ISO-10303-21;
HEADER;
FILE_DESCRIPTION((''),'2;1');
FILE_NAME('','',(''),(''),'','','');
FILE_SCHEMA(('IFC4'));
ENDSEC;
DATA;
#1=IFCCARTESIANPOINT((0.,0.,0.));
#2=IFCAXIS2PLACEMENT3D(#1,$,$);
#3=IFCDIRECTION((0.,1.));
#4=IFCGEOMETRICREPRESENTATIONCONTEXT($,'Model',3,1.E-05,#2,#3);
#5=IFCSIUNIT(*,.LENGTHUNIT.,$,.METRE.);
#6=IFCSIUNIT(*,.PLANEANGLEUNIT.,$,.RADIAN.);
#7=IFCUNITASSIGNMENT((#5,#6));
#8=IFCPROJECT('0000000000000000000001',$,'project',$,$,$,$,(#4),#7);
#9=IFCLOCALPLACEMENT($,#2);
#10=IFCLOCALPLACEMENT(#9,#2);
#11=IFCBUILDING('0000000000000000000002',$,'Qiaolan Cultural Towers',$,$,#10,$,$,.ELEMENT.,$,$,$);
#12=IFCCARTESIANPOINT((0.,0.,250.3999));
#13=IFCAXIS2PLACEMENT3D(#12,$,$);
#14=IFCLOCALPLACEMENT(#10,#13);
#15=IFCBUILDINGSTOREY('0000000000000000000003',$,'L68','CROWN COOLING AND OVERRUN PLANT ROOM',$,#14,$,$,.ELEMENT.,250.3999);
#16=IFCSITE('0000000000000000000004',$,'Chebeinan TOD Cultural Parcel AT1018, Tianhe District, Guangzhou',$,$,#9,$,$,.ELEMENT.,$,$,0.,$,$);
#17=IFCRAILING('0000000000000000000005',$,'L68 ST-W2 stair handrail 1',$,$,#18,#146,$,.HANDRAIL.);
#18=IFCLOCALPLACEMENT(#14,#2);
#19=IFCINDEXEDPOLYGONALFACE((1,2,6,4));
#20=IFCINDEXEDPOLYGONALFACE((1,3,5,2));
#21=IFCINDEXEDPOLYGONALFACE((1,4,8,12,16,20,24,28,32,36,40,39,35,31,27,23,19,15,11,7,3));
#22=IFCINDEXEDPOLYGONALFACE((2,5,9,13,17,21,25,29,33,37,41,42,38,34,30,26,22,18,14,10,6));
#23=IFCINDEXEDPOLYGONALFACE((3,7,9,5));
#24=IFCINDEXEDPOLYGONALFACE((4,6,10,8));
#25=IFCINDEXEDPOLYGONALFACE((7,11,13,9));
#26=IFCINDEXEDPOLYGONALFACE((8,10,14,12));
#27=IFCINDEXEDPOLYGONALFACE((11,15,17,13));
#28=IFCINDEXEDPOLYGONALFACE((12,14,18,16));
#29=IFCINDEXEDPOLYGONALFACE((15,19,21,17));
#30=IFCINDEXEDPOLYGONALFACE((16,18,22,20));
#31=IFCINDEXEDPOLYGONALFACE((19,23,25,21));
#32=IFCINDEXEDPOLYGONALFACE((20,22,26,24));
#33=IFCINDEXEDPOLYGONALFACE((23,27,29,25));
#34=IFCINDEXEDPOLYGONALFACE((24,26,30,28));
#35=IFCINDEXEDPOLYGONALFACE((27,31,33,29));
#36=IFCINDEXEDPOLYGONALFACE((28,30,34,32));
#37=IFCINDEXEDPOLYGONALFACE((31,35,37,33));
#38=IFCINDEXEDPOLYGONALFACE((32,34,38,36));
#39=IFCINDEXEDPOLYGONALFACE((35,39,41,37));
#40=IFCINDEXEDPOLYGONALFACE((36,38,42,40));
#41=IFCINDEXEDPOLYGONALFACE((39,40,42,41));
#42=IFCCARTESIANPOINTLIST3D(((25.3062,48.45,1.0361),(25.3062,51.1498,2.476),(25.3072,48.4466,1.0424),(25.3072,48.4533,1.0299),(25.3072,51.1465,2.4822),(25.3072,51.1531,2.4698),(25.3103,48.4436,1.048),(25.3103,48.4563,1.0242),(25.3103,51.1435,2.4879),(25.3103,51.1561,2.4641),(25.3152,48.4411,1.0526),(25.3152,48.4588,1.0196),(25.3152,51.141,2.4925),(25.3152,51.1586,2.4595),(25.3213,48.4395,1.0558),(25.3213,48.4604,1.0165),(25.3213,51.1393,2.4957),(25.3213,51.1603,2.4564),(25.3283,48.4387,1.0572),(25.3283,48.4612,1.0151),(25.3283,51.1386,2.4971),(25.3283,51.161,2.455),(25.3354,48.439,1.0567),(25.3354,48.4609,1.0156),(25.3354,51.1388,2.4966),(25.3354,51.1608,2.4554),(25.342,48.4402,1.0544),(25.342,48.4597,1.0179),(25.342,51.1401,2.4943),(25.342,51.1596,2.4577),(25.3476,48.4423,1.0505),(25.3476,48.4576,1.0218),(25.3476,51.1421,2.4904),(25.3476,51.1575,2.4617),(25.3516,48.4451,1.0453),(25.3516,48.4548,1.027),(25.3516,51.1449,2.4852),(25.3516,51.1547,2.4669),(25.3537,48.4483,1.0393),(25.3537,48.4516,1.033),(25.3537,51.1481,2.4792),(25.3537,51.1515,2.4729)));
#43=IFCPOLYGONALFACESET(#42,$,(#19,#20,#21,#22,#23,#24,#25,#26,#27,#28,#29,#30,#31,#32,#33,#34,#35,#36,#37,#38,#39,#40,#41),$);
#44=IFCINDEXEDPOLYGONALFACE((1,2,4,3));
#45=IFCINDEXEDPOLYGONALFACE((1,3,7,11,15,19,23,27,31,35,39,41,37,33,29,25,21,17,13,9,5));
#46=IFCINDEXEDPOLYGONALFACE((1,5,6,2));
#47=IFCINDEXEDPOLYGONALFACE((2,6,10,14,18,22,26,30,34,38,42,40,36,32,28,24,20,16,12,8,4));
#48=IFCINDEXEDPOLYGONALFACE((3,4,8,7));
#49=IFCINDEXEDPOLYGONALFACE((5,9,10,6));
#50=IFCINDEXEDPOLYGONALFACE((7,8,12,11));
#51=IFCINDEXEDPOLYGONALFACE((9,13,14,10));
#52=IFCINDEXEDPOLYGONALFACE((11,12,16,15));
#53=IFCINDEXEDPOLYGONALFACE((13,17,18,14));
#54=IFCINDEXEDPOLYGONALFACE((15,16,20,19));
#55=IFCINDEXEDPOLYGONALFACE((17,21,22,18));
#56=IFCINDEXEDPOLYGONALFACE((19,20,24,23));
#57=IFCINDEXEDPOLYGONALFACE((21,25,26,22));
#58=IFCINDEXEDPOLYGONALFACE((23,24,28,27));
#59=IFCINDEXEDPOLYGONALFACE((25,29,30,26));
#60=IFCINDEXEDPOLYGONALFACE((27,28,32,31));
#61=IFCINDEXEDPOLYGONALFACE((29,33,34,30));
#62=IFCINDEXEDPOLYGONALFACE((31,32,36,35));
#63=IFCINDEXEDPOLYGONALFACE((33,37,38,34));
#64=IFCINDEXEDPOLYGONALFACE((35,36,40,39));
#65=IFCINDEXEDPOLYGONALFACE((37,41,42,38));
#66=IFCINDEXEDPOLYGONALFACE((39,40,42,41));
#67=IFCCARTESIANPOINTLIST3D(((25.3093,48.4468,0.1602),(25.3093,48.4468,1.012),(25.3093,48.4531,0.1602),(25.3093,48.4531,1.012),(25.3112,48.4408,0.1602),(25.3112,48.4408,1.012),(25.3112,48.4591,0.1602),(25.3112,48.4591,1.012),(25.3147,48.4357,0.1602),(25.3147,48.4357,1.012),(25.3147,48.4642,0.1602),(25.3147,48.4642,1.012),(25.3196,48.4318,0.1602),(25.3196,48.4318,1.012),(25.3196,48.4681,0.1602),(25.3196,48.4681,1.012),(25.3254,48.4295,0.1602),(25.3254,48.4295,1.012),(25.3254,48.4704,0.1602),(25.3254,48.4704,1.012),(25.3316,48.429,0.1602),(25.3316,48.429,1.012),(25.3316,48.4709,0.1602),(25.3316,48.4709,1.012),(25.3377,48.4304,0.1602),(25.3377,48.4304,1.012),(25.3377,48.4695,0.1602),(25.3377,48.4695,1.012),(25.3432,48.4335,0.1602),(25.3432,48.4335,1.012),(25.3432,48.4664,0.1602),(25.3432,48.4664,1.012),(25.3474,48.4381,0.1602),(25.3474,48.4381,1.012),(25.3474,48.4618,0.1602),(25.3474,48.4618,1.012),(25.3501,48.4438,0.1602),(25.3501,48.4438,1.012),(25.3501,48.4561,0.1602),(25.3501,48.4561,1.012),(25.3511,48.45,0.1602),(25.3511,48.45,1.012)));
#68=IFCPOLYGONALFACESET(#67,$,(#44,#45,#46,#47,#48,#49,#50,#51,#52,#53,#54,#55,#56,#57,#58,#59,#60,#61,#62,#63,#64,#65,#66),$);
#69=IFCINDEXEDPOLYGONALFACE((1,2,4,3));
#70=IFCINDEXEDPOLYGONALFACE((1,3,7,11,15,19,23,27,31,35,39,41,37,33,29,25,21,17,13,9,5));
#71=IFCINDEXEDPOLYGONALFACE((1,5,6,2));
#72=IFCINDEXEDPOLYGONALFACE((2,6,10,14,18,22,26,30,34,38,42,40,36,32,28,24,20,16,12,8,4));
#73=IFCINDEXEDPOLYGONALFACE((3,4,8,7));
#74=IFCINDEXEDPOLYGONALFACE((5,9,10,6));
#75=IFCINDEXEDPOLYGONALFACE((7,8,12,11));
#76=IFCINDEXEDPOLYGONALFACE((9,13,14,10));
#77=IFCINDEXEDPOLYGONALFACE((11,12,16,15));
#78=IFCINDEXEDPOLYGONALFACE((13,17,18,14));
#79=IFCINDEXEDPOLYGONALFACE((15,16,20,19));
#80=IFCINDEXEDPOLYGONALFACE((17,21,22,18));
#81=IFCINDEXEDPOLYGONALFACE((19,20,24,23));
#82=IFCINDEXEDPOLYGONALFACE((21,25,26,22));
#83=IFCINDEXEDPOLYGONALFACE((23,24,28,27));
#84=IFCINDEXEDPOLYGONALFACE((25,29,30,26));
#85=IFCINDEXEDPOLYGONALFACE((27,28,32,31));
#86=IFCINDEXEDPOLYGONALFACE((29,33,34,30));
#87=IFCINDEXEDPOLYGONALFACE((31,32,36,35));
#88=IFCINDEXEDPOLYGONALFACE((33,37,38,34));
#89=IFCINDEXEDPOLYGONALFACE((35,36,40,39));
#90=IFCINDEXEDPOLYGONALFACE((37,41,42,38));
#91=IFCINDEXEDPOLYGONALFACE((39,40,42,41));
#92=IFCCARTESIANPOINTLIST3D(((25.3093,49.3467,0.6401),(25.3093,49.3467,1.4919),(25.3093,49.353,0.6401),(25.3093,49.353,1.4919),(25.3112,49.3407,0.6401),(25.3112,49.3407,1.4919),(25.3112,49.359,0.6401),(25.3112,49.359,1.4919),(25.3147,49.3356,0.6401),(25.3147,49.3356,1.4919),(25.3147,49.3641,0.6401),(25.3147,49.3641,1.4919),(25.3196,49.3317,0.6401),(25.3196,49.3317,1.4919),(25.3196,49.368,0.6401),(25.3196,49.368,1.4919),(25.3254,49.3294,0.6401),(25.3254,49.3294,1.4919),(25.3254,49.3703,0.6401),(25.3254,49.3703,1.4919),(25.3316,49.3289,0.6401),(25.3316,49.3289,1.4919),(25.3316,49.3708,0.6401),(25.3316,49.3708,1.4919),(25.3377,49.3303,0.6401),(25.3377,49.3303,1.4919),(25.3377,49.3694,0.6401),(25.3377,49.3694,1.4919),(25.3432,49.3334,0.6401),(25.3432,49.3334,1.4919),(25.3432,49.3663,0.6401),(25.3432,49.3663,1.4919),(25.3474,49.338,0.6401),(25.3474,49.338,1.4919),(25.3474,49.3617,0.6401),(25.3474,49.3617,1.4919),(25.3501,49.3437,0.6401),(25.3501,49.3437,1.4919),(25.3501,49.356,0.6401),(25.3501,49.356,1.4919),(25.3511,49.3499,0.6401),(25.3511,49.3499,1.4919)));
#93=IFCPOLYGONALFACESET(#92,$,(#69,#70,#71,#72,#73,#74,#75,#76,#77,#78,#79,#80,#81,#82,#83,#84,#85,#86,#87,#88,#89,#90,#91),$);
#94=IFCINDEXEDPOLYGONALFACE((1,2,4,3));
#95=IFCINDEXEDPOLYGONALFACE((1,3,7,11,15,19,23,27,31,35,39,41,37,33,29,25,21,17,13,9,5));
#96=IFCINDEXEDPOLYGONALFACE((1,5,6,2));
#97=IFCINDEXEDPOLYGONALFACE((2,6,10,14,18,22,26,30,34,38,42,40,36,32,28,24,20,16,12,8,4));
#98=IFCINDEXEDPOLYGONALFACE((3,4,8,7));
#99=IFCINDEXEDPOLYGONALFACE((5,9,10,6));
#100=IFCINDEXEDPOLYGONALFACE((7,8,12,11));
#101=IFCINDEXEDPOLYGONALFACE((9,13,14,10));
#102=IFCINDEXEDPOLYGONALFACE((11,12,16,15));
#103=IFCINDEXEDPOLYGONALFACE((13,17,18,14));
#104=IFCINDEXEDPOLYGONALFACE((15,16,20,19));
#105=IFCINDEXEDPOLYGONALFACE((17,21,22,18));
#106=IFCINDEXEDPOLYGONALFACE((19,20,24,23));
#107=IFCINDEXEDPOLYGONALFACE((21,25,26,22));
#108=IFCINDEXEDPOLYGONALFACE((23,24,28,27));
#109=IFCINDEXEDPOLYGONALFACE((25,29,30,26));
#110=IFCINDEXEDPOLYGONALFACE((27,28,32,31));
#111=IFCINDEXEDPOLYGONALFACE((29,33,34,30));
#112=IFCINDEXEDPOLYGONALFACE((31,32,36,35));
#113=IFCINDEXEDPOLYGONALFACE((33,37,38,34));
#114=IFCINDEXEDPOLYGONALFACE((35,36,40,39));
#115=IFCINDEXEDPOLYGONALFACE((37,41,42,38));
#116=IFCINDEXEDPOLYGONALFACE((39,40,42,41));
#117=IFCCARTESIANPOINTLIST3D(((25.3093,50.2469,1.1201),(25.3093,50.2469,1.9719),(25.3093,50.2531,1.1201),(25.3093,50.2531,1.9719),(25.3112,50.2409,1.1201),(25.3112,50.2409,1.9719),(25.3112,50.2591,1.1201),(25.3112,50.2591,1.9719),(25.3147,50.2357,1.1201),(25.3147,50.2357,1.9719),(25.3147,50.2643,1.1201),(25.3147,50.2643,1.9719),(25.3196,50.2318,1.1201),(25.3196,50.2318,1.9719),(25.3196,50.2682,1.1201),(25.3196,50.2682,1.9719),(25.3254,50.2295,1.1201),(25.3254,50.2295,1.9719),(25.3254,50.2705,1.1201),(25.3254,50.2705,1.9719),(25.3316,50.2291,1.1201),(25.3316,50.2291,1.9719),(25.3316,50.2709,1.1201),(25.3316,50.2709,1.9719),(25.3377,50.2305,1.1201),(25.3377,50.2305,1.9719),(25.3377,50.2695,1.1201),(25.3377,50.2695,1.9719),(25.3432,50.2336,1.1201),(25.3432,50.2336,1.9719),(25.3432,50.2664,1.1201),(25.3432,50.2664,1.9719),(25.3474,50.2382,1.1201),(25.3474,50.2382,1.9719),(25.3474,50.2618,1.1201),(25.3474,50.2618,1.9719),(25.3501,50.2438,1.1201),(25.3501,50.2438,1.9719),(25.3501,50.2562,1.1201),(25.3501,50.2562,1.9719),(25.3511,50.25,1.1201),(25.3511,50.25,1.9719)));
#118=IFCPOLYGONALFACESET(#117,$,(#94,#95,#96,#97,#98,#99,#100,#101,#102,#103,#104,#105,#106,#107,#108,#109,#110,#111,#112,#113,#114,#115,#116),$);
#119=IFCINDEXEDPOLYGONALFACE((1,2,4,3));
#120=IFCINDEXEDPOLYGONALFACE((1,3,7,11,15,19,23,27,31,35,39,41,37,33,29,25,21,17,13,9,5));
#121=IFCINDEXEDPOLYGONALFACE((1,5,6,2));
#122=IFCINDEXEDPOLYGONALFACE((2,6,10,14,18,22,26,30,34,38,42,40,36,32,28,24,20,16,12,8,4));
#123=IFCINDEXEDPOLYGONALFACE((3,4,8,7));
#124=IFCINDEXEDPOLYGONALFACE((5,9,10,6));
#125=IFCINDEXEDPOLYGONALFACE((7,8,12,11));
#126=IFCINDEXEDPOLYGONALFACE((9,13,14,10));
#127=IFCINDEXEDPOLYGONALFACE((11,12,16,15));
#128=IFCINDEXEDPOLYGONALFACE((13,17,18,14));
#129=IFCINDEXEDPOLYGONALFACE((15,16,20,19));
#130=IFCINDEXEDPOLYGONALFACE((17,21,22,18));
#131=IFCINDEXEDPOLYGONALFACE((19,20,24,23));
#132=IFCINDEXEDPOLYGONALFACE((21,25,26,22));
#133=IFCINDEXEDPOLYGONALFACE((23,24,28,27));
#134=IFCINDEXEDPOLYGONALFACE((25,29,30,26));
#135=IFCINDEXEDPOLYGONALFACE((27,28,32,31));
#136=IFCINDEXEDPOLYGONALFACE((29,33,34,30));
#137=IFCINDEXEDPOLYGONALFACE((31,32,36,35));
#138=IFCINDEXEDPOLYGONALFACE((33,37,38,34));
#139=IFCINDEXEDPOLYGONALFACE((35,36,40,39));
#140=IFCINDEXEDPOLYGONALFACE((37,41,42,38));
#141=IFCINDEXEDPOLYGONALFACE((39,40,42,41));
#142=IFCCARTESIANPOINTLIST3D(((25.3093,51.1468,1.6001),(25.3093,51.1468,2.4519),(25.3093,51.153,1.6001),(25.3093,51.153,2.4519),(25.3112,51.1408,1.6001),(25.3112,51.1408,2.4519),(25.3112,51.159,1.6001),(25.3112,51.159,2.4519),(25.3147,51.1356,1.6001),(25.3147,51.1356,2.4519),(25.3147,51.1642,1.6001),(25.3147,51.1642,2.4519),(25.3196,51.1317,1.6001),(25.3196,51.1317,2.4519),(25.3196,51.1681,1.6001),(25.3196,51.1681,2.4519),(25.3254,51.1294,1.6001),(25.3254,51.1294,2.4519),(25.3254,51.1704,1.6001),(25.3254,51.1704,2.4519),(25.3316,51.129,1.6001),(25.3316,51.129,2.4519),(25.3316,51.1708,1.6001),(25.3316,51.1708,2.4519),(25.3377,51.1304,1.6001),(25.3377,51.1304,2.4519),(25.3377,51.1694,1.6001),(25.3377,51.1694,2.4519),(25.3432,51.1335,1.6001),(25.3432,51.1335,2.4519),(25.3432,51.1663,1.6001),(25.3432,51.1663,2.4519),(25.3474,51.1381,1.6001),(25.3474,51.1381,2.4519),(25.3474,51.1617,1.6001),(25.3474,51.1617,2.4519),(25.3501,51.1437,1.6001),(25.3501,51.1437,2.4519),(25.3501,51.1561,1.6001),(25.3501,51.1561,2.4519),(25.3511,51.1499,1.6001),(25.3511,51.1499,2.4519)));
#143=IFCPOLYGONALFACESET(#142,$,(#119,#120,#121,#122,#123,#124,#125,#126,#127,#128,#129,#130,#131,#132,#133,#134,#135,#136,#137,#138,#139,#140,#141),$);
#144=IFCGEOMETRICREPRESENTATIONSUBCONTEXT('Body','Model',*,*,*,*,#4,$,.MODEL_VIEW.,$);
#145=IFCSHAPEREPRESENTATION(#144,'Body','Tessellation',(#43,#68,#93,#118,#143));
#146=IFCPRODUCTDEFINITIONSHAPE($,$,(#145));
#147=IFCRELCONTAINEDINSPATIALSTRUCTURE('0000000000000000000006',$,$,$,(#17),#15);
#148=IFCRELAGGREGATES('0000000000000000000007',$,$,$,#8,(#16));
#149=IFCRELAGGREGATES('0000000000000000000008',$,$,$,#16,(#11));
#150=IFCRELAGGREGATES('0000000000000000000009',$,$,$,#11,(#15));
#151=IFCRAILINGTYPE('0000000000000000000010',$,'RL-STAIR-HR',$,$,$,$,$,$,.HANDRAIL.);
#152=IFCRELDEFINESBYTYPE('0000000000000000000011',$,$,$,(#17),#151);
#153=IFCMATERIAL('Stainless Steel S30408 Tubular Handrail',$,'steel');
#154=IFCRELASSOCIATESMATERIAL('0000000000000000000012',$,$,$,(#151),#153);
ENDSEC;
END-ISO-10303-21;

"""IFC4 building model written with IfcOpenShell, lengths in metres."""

from ifc_helpers import new_model, si_unit, direction, frame, origin, origin_2d, place, context, subcontext, project, spatial, circle, extrude, material, type_object, element, save


model = new_model("IFC4")

# Units and contexts
model_context = context("Model", 3, precision=1e-05, world=origin(), true_north=direction((0.0, 1.0)))
body_context = subcontext(model_context, "Body", "Model", "MODEL_VIEW")
ifc_project = project(units=[si_unit("LENGTHUNIT", "METRE"), si_unit("PLANEANGLEUNIT", "RADIAN")], contexts=[model_context])

# Site, building, storey
site_placement = place(None, origin())
site = spatial("IfcSite", under=ifc_project, at=site_placement, Name="Chebeinan TOD Cultural Parcel AT1018, Tianhe District, Guangzhou", CompositionType="ELEMENT", RefElevation=0.0)
building_placement = place(site_placement, origin())
building = spatial("IfcBuilding", under=site, at=building_placement, Name="Qiaolan Cultural Towers", CompositionType="ELEMENT")
storey_placement = place(building_placement, frame((0.0, 0.0, 250.3999)))
storey = spatial("IfcBuildingStorey", under=building, at=storey_placement, Name="L68", Description="CROWN COOLING AND OVERRUN PLANT ROOM", CompositionType="ELEMENT", Elevation=250.3999)

# Railing
ifc_material_1 = material(Name="Stainless Steel S30408 Tubular Handrail", Category="steel")
railing_type_1 = type_object("IfcRailingType", Name="RL-STAIR-HR", PredefinedType="HANDRAIL", material=ifc_material_1)
railing_1_placement = place(storey_placement, frame((25.3301, 48.45, 0.1602)))
element("IfcRailing", 1, at=railing_1_placement, inside=storey, type_object=railing_type_1, Name="L68 ST-W2 stair handrail 1", PredefinedType="HANDRAIL", context=body_context, shape_type="SweptSolid", body=[
    extrude(circle(Radius=0.0239, at=origin_2d()), frame((0.0, 0.0, 0.876), z_axis=(0.0, 0.882357, 0.47058), x_axis=(-1.0, 0.0, 0.0)), (0.0, 0.0, 1.0), 3.0598),
    extrude(circle(Radius=0.021, at=origin_2d()), origin(), (0.0, 0.0, 1.0), 0.8518),
    extrude(circle(Radius=0.021, at=origin_2d()), frame((0.0, 0.8999, 0.48)), (0.0, 0.0, 1.0), 0.8518),
    extrude(circle(Radius=0.021, at=origin_2d()), frame((0.0, 1.8, 0.96)), (0.0, 0.0, 1.0), 0.8518),
    extrude(circle(Radius=0.021, at=origin_2d()), frame((0.0, 2.7, 1.4399)), (0.0, 0.0, 1.0), 0.8518),
])

save(model, "model.ifc")
